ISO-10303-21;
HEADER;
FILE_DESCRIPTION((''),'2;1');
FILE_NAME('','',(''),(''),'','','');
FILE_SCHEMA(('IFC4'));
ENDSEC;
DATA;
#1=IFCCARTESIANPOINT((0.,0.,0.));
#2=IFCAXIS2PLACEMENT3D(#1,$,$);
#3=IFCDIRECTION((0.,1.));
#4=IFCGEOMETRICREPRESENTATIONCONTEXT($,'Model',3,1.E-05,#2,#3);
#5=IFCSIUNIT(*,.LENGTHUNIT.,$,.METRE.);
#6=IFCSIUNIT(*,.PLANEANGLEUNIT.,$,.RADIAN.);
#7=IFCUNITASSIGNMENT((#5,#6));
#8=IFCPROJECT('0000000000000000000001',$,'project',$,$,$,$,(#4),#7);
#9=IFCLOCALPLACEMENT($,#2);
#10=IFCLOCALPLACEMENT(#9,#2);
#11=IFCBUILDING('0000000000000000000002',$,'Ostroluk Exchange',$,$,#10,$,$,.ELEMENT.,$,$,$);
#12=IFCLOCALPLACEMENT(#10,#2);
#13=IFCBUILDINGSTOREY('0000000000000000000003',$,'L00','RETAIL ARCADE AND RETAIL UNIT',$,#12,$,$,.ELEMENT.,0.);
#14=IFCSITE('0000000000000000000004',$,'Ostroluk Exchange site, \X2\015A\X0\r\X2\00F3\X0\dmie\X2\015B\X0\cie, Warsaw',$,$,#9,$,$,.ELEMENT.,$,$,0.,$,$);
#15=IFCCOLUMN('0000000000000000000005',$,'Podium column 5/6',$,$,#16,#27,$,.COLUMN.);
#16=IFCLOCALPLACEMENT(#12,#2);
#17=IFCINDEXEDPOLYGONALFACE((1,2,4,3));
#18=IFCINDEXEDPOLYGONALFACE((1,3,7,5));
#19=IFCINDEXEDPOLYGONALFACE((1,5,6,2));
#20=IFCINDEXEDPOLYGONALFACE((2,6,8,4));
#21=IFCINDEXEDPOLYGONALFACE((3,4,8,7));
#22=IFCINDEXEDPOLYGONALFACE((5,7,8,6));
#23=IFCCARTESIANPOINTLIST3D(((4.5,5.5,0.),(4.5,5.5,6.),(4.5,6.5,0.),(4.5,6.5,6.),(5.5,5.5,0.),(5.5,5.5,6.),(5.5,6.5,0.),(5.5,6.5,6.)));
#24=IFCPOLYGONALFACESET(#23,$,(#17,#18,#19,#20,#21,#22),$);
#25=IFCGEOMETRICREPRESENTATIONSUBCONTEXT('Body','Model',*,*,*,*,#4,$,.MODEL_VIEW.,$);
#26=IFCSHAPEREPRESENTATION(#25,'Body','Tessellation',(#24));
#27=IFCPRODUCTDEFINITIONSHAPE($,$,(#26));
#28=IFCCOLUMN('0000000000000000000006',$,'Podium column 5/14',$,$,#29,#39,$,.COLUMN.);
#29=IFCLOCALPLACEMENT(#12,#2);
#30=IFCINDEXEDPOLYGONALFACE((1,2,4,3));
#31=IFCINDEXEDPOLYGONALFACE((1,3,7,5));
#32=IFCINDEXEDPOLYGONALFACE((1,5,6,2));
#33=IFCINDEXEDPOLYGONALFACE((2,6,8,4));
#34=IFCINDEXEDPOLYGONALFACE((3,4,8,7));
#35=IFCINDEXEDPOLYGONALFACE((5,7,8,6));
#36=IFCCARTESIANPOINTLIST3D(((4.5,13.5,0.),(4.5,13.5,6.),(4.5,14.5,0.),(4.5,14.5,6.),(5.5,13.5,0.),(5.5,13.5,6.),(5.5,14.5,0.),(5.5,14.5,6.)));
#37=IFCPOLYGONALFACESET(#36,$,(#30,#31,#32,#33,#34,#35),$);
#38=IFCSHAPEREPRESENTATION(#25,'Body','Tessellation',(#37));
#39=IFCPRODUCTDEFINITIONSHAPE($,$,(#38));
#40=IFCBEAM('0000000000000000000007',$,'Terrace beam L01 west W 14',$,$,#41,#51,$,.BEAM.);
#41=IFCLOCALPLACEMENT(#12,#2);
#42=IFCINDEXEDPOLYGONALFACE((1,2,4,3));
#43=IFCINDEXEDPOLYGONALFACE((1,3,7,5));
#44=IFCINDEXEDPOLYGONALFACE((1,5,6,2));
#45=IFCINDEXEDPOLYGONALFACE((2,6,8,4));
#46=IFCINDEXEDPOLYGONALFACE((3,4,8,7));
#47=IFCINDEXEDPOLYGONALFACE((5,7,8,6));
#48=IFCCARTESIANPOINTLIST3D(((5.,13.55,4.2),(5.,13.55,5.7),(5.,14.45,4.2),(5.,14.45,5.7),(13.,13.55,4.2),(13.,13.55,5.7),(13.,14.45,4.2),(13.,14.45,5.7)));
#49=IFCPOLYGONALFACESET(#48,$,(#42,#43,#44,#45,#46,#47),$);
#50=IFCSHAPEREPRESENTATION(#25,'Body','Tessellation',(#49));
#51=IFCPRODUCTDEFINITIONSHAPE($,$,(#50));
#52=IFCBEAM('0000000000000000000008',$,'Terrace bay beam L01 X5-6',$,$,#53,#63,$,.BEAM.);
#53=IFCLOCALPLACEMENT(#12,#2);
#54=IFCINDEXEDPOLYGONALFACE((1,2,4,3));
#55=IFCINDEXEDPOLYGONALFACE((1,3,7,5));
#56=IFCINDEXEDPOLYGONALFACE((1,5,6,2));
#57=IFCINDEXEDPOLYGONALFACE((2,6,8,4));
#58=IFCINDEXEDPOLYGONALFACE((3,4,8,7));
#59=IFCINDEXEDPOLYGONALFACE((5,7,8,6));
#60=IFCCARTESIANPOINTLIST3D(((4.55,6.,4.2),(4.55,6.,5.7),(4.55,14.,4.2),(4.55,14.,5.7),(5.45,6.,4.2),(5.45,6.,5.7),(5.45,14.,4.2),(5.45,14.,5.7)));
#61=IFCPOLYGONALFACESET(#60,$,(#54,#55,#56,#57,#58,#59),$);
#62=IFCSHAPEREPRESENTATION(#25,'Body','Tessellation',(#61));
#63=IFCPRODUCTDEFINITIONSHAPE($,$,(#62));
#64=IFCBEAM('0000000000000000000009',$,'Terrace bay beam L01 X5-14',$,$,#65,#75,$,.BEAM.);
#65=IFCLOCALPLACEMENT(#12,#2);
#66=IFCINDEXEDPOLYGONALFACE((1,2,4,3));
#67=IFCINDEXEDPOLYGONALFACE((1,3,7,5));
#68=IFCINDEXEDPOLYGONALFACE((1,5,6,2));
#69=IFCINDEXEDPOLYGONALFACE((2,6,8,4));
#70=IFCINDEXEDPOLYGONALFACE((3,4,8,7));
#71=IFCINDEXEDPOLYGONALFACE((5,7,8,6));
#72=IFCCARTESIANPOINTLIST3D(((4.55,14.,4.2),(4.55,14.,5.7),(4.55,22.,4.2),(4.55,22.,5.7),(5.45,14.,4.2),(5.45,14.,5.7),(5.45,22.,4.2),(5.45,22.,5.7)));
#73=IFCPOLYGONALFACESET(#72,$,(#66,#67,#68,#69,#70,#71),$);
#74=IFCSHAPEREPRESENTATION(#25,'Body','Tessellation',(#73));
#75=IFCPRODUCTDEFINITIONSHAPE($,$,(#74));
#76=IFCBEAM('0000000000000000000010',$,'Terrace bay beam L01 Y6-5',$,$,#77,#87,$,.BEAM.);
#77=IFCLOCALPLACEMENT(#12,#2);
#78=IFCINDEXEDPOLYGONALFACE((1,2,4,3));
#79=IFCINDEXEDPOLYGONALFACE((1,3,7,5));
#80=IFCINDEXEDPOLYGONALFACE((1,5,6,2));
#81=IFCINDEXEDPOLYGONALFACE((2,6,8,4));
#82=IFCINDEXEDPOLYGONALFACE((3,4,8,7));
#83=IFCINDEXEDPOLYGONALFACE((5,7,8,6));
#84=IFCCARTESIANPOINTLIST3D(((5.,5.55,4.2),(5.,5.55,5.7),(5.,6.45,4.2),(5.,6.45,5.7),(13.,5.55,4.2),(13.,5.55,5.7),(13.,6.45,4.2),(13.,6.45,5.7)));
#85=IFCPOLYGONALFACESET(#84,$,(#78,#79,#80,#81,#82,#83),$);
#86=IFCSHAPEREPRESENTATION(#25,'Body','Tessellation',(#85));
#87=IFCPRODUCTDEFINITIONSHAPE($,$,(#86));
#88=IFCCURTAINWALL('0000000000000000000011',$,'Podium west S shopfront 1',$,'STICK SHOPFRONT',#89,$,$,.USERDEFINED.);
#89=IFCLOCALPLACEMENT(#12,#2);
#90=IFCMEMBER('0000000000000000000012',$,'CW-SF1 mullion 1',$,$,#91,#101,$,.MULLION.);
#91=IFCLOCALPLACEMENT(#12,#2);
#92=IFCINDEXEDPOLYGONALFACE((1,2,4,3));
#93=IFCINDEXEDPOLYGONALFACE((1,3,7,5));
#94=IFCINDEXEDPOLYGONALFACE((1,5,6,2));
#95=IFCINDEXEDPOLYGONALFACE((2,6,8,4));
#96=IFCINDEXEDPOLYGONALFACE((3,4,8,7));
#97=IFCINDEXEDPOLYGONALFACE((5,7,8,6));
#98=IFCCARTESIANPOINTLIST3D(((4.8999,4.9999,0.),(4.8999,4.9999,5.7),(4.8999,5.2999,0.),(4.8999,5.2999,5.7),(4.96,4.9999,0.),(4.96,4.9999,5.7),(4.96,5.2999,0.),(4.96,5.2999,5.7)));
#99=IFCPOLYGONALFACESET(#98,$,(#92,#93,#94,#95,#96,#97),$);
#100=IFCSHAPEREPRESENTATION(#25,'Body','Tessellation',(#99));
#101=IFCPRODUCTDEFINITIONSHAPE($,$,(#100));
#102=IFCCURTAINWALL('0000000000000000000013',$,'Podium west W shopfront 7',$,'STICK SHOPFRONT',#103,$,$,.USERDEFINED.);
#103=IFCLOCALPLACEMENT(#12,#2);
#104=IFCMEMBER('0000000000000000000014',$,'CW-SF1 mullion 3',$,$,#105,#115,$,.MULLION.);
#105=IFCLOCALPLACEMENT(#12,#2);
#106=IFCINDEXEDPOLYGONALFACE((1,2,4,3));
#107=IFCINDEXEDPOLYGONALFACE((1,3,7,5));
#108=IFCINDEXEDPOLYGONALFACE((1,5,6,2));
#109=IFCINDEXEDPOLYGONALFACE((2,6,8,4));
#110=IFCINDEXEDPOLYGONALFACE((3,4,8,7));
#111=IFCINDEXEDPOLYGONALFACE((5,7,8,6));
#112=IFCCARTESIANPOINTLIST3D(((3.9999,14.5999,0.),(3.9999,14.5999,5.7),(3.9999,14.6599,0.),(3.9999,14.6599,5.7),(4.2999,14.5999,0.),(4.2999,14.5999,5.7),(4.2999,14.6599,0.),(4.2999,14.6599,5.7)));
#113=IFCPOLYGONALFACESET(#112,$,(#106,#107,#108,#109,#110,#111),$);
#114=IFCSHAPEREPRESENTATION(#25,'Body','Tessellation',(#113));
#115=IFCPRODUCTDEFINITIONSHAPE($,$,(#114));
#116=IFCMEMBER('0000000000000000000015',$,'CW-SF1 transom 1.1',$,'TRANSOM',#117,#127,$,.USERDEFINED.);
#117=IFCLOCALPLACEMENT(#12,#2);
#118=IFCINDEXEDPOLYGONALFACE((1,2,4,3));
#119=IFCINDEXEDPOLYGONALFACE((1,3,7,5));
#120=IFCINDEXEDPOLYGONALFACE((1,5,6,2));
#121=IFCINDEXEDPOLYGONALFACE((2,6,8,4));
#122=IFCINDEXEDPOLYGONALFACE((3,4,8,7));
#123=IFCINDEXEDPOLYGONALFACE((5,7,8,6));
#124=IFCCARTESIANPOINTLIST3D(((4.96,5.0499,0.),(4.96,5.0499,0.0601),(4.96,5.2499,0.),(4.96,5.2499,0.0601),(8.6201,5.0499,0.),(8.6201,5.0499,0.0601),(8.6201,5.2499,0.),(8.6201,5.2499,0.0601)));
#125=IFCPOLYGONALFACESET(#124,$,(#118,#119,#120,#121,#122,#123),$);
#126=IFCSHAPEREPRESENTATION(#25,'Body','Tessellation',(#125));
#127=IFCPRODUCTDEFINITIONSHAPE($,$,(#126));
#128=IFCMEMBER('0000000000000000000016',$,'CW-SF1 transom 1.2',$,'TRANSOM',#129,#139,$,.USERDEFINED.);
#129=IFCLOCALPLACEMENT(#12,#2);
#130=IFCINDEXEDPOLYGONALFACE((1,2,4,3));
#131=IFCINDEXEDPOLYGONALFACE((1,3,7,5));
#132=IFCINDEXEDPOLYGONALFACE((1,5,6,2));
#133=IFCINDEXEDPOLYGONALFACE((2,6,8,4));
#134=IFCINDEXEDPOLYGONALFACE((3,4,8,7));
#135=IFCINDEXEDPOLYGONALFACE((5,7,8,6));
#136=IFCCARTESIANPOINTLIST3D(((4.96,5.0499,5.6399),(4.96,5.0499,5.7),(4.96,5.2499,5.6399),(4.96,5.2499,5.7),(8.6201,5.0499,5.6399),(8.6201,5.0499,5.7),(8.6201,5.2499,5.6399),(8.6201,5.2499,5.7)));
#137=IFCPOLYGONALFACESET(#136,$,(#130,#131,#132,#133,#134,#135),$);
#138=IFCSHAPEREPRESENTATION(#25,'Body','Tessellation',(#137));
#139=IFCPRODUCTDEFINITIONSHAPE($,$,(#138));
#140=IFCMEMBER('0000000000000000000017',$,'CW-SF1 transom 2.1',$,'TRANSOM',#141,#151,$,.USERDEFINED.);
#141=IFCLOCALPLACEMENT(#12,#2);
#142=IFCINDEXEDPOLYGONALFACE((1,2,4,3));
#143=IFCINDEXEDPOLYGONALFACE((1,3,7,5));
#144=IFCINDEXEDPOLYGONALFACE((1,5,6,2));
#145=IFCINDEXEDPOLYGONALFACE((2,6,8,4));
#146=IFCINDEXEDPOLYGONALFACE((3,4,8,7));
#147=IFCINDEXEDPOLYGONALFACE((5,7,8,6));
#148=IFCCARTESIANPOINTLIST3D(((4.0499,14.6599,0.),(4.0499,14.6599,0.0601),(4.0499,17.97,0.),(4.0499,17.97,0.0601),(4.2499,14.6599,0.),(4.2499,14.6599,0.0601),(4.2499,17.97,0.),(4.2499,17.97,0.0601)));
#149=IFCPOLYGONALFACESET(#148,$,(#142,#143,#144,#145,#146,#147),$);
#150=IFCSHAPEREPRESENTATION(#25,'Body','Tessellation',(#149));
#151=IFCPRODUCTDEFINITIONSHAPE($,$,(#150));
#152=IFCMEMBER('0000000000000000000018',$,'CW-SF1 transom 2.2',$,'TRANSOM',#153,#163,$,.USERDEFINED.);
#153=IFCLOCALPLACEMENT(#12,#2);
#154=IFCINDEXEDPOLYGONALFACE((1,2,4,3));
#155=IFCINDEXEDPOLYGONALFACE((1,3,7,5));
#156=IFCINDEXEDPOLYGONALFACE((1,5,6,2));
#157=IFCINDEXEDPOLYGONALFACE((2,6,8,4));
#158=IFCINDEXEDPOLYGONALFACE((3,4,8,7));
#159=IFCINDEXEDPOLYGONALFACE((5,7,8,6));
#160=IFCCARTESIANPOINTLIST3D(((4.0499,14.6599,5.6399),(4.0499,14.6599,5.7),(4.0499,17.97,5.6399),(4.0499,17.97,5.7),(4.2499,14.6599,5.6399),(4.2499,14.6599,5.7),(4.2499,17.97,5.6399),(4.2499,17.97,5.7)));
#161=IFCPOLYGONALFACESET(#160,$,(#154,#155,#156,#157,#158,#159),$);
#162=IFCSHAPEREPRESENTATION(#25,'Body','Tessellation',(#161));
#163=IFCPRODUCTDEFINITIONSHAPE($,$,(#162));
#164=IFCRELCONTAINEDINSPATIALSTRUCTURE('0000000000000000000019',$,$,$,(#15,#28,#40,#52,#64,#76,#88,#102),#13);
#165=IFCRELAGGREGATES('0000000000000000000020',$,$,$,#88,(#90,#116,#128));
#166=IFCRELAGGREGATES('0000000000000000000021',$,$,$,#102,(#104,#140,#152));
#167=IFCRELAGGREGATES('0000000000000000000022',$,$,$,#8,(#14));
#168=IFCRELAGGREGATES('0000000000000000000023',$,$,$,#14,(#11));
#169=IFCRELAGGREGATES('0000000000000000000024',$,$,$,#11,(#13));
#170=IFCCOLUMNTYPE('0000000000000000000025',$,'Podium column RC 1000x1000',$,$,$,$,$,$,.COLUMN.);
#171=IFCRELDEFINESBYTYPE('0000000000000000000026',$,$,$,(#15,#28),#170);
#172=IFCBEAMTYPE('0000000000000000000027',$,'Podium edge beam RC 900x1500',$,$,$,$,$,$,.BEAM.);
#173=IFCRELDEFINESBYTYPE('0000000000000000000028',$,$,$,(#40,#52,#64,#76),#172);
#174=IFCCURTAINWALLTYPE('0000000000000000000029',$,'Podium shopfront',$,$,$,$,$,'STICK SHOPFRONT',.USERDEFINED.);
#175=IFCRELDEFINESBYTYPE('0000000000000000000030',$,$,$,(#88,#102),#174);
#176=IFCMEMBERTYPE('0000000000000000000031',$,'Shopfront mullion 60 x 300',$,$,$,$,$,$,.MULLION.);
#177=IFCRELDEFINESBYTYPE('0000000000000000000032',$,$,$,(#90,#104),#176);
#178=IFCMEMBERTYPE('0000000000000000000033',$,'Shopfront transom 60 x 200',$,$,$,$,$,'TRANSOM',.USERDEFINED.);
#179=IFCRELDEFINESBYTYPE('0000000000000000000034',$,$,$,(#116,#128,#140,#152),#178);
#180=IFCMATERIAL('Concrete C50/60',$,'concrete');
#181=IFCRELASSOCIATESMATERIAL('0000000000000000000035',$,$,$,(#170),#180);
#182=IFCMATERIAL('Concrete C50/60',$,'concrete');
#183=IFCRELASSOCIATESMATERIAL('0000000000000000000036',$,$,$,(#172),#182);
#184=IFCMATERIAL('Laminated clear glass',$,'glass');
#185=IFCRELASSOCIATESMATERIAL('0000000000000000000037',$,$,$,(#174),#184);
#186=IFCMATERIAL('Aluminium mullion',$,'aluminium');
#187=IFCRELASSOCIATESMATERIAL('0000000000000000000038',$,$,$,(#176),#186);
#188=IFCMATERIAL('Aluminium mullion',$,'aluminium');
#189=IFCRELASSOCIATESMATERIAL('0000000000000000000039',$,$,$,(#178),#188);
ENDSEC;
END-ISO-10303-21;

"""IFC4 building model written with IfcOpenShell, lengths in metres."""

from ifc_helpers import new_model, si_unit, direction, frame, origin, origin_2d, place, context, subcontext, project, spatial, rectangle, extrude, material, material_profile, profile_set, type_object, element, aggregate, save


model = new_model("IFC4")

# Units and contexts
model_context = context("Model", 3, precision=1e-05, world=origin(), true_north=direction((0.0, 1.0)))
body_context = subcontext(model_context, "Body", "Model", "MODEL_VIEW")
ifc_project = project(units=[si_unit("LENGTHUNIT", "METRE"), si_unit("PLANEANGLEUNIT", "RADIAN")], contexts=[model_context])

# Site, building, storey
site_placement = place(None, origin())
site = spatial("IfcSite", under=ifc_project, at=site_placement, Name="Ostroluk Exchange site, Śródmieście, Warsaw", CompositionType="ELEMENT", RefElevation=0.0)
building_placement = place(site_placement, origin())
building = spatial("IfcBuilding", under=site, at=building_placement, Name="Ostroluk Exchange", CompositionType="ELEMENT")
storey_placement = place(building_placement, origin())
storey = spatial("IfcBuildingStorey", under=building, at=storey_placement, Name="L00", Description="RETAIL ARCADE AND RETAIL UNIT", CompositionType="ELEMENT", Elevation=0.0)

# Columns
ifc_material_1 = material(Name="Concrete C50/60", Category="concrete")
ifc_material_profile_1 = material_profile(ifc_material_1, rectangle(XDim=1.0, YDim=1.0, at=origin_2d()), Name="RC 1000x1000")
ifc_profile_set_1 = profile_set([ifc_material_profile_1], Name="Concrete C50/60")
column_type = type_object("IfcColumnType", Name="Podium column RC 1000x1000", PredefinedType="COLUMN", material=ifc_profile_set_1)
for number, where, z_axis, x_axis, name in (
    (1, (5.0, 6.0, 0.0), (0.0, 0.0, 1.0), (1.0, 0.0, 0.0), "Podium column 5/6"),
    (2, (5.0, 14.0, 0.0), (0.0, 0.0, 1.0), (1.0, 0.0, 0.0), "Podium column 5/14"),
):
    element("IfcColumn", number, at=place(storey_placement, frame(where, z_axis=z_axis, x_axis=x_axis)), inside=storey, type_object=column_type, Name=name, PredefinedType="COLUMN", context=body_context, shape_type="SweptSolid", body=[
        extrude(rectangle(XDim=1.0, YDim=1.0, at=origin_2d()), origin(), (0.0, 0.0, 1.0), 6.0),
    ])

# Beams
ifc_material_2 = material(Name="Concrete C50/60", Category="concrete")
ifc_material_profile_2 = material_profile(ifc_material_2, rectangle(XDim=0.8999, YDim=1.5, at=origin_2d()), Name="RC 900x1500")
ifc_profile_set_2 = profile_set([ifc_material_profile_2], Name="Concrete C50/60")
beam_type = type_object("IfcBeamType", Name="Podium edge beam RC 900x1500", PredefinedType="BEAM", material=ifc_profile_set_2)
for number, where, z_axis, x_axis, name in (
    (3, (5.0, 14.0, 4.95), (1.0, 0.0, 0.0), (0.0, 1.0, 0.0), "Terrace beam L01 west W 14"),
    (4, (5.0, 6.0, 4.95), (0.0, 1.0, 0.0), (-1.0, 0.0, 0.0), "Terrace bay beam L01 X5-6"),
    (5, (5.0, 14.0, 4.95), (0.0, 1.0, 0.0), (-1.0, 0.0, 0.0), "Terrace bay beam L01 X5-14"),
    (6, (5.0, 6.0, 4.95), (1.0, 0.0, 0.0), (0.0, 1.0, 0.0), "Terrace bay beam L01 Y6-5"),
):
    element("IfcBeam", number, at=place(storey_placement, frame(where, z_axis=z_axis, x_axis=x_axis)), inside=storey, type_object=beam_type, Name=name, PredefinedType="BEAM", context=body_context, shape_type="SweptSolid", body=[
        extrude(rectangle(XDim=0.8999, YDim=1.5, at=origin_2d()), origin(), (0.0, 0.0, 1.0), 8.0),
    ])

# Curtain walls, members
ifc_material_3 = material(Name="Laminated clear glass", Category="glass")
curtain_wall_type = type_object("IfcCurtainWallType", Name="Podium shopfront", ElementType="STICK SHOPFRONT", PredefinedType="USERDEFINED", material=ifc_material_3)
curtain_wall_1_placement = place(storey_placement, origin())
curtain_wall_1 = element("IfcCurtainWall", 7, at=curtain_wall_1_placement, inside=storey, type_object=curtain_wall_type, Name="Podium west S shopfront 1", ObjectType="STICK SHOPFRONT", PredefinedType="USERDEFINED")
ifc_material_4 = material(Name="Aluminium mullion", Category="aluminium")
ifc_material_profile_3 = material_profile(ifc_material_4, rectangle(XDim=0.3, YDim=0.0601, at=origin_2d()), Name="Shopfront mullion 60 x 300")
ifc_profile_set_3 = profile_set([ifc_material_profile_3], Name="Aluminium mullion")
member_type_1 = type_object("IfcMemberType", Name="Shopfront mullion 60 x 300", PredefinedType="MULLION", material=ifc_profile_set_3)
member_1_placement = place(storey_placement, frame((4.9299, 5.1499, 0.0), z_axis=(0.0, 0.0, 1.0), x_axis=(0.0, 1.0, 0.0)))
member_1 = element("IfcMember", 8, at=member_1_placement, type_object=member_type_1, Name="CW-SF1 mullion 1", PredefinedType="MULLION", context=body_context, shape_type="SweptSolid", body=[
    extrude(rectangle(XDim=0.3, YDim=0.0601, at=origin_2d()), origin(), (0.0, 0.0, 1.0), 5.7),
])
curtain_wall_2_placement = place(storey_placement, origin())
curtain_wall_2 = element("IfcCurtainWall", 9, at=curtain_wall_2_placement, inside=storey, type_object=curtain_wall_type, Name="Podium west W shopfront 7", ObjectType="STICK SHOPFRONT", PredefinedType="USERDEFINED")
member_2_placement = place(storey_placement, frame((4.1499, 14.6299, 0.0), z_axis=(0.0, 0.0, 1.0), x_axis=(1.0, 0.0, 0.0)))
member_2 = element("IfcMember", 10, at=member_2_placement, type_object=member_type_1, Name="CW-SF1 mullion 3", PredefinedType="MULLION", context=body_context, shape_type="SweptSolid", body=[
    extrude(rectangle(XDim=0.3, YDim=0.0601, at=origin_2d()), origin(), (0.0, 0.0, 1.0), 5.7),
])

# Members
ifc_material_5 = material(Name="Aluminium mullion", Category="aluminium")
ifc_material_profile_4 = material_profile(ifc_material_5, rectangle(XDim=0.2, YDim=0.0601, at=origin_2d()), Name="Shopfront transom 60 x 200")
ifc_profile_set_4 = profile_set([ifc_material_profile_4], Name="Aluminium mullion")
member_type_2 = type_object("IfcMemberType", Name="Shopfront transom 60 x 200", ElementType="TRANSOM", PredefinedType="USERDEFINED", material=ifc_profile_set_4)
member_3_placement = place(storey_placement, frame((4.96, 5.1499, 0.03), z_axis=(1.0, 0.0, 0.0), x_axis=(0.0, 1.0, 0.0)))
member_3 = element("IfcMember", 11, at=member_3_placement, type_object=member_type_2, Name="CW-SF1 transom 1.1", ObjectType="TRANSOM", PredefinedType="USERDEFINED", context=body_context, shape_type="SweptSolid", body=[
    extrude(rectangle(XDim=0.2, YDim=0.0601, at=origin_2d()), origin(), (0.0, 0.0, 1.0), 3.6602),
])
member_4_placement = place(storey_placement, frame((4.96, 5.1499, 5.6699), z_axis=(1.0, 0.0, 0.0), x_axis=(0.0, 1.0, 0.0)))
member_4 = element("IfcMember", 12, at=member_4_placement, type_object=member_type_2, Name="CW-SF1 transom 1.2", ObjectType="TRANSOM", PredefinedType="USERDEFINED", context=body_context, shape_type="SweptSolid", body=[
    extrude(rectangle(XDim=0.2, YDim=0.0601, at=origin_2d()), origin(), (0.0, 0.0, 1.0), 3.6602),
])
aggregate(curtain_wall_1, [member_1, member_3, member_4])
member_5_placement = place(storey_placement, frame((4.1499, 17.97, 0.03), z_axis=(0.0, -1.0, 0.0), x_axis=(1.0, 0.0, 0.0)))
member_5 = element("IfcMember", 13, at=member_5_placement, type_object=member_type_2, Name="CW-SF1 transom 2.1", ObjectType="TRANSOM", PredefinedType="USERDEFINED", context=body_context, shape_type="SweptSolid", body=[
    extrude(rectangle(XDim=0.2, YDim=0.0601, at=origin_2d()), origin(), (0.0, 0.0, 1.0), 3.3101),
])
member_6_placement = place(storey_placement, frame((4.1499, 17.97, 5.6699), z_axis=(0.0, -1.0, 0.0), x_axis=(1.0, 0.0, 0.0)))
member_6 = element("IfcMember", 14, at=member_6_placement, type_object=member_type_2, Name="CW-SF1 transom 2.2", ObjectType="TRANSOM", PredefinedType="USERDEFINED", context=body_context, shape_type="SweptSolid", body=[
    extrude(rectangle(XDim=0.2, YDim=0.0601, at=origin_2d()), origin(), (0.0, 0.0, 1.0), 3.3101),
])

aggregate(curtain_wall_2, [member_2, member_5, member_6])

save(model, "model.ifc")
